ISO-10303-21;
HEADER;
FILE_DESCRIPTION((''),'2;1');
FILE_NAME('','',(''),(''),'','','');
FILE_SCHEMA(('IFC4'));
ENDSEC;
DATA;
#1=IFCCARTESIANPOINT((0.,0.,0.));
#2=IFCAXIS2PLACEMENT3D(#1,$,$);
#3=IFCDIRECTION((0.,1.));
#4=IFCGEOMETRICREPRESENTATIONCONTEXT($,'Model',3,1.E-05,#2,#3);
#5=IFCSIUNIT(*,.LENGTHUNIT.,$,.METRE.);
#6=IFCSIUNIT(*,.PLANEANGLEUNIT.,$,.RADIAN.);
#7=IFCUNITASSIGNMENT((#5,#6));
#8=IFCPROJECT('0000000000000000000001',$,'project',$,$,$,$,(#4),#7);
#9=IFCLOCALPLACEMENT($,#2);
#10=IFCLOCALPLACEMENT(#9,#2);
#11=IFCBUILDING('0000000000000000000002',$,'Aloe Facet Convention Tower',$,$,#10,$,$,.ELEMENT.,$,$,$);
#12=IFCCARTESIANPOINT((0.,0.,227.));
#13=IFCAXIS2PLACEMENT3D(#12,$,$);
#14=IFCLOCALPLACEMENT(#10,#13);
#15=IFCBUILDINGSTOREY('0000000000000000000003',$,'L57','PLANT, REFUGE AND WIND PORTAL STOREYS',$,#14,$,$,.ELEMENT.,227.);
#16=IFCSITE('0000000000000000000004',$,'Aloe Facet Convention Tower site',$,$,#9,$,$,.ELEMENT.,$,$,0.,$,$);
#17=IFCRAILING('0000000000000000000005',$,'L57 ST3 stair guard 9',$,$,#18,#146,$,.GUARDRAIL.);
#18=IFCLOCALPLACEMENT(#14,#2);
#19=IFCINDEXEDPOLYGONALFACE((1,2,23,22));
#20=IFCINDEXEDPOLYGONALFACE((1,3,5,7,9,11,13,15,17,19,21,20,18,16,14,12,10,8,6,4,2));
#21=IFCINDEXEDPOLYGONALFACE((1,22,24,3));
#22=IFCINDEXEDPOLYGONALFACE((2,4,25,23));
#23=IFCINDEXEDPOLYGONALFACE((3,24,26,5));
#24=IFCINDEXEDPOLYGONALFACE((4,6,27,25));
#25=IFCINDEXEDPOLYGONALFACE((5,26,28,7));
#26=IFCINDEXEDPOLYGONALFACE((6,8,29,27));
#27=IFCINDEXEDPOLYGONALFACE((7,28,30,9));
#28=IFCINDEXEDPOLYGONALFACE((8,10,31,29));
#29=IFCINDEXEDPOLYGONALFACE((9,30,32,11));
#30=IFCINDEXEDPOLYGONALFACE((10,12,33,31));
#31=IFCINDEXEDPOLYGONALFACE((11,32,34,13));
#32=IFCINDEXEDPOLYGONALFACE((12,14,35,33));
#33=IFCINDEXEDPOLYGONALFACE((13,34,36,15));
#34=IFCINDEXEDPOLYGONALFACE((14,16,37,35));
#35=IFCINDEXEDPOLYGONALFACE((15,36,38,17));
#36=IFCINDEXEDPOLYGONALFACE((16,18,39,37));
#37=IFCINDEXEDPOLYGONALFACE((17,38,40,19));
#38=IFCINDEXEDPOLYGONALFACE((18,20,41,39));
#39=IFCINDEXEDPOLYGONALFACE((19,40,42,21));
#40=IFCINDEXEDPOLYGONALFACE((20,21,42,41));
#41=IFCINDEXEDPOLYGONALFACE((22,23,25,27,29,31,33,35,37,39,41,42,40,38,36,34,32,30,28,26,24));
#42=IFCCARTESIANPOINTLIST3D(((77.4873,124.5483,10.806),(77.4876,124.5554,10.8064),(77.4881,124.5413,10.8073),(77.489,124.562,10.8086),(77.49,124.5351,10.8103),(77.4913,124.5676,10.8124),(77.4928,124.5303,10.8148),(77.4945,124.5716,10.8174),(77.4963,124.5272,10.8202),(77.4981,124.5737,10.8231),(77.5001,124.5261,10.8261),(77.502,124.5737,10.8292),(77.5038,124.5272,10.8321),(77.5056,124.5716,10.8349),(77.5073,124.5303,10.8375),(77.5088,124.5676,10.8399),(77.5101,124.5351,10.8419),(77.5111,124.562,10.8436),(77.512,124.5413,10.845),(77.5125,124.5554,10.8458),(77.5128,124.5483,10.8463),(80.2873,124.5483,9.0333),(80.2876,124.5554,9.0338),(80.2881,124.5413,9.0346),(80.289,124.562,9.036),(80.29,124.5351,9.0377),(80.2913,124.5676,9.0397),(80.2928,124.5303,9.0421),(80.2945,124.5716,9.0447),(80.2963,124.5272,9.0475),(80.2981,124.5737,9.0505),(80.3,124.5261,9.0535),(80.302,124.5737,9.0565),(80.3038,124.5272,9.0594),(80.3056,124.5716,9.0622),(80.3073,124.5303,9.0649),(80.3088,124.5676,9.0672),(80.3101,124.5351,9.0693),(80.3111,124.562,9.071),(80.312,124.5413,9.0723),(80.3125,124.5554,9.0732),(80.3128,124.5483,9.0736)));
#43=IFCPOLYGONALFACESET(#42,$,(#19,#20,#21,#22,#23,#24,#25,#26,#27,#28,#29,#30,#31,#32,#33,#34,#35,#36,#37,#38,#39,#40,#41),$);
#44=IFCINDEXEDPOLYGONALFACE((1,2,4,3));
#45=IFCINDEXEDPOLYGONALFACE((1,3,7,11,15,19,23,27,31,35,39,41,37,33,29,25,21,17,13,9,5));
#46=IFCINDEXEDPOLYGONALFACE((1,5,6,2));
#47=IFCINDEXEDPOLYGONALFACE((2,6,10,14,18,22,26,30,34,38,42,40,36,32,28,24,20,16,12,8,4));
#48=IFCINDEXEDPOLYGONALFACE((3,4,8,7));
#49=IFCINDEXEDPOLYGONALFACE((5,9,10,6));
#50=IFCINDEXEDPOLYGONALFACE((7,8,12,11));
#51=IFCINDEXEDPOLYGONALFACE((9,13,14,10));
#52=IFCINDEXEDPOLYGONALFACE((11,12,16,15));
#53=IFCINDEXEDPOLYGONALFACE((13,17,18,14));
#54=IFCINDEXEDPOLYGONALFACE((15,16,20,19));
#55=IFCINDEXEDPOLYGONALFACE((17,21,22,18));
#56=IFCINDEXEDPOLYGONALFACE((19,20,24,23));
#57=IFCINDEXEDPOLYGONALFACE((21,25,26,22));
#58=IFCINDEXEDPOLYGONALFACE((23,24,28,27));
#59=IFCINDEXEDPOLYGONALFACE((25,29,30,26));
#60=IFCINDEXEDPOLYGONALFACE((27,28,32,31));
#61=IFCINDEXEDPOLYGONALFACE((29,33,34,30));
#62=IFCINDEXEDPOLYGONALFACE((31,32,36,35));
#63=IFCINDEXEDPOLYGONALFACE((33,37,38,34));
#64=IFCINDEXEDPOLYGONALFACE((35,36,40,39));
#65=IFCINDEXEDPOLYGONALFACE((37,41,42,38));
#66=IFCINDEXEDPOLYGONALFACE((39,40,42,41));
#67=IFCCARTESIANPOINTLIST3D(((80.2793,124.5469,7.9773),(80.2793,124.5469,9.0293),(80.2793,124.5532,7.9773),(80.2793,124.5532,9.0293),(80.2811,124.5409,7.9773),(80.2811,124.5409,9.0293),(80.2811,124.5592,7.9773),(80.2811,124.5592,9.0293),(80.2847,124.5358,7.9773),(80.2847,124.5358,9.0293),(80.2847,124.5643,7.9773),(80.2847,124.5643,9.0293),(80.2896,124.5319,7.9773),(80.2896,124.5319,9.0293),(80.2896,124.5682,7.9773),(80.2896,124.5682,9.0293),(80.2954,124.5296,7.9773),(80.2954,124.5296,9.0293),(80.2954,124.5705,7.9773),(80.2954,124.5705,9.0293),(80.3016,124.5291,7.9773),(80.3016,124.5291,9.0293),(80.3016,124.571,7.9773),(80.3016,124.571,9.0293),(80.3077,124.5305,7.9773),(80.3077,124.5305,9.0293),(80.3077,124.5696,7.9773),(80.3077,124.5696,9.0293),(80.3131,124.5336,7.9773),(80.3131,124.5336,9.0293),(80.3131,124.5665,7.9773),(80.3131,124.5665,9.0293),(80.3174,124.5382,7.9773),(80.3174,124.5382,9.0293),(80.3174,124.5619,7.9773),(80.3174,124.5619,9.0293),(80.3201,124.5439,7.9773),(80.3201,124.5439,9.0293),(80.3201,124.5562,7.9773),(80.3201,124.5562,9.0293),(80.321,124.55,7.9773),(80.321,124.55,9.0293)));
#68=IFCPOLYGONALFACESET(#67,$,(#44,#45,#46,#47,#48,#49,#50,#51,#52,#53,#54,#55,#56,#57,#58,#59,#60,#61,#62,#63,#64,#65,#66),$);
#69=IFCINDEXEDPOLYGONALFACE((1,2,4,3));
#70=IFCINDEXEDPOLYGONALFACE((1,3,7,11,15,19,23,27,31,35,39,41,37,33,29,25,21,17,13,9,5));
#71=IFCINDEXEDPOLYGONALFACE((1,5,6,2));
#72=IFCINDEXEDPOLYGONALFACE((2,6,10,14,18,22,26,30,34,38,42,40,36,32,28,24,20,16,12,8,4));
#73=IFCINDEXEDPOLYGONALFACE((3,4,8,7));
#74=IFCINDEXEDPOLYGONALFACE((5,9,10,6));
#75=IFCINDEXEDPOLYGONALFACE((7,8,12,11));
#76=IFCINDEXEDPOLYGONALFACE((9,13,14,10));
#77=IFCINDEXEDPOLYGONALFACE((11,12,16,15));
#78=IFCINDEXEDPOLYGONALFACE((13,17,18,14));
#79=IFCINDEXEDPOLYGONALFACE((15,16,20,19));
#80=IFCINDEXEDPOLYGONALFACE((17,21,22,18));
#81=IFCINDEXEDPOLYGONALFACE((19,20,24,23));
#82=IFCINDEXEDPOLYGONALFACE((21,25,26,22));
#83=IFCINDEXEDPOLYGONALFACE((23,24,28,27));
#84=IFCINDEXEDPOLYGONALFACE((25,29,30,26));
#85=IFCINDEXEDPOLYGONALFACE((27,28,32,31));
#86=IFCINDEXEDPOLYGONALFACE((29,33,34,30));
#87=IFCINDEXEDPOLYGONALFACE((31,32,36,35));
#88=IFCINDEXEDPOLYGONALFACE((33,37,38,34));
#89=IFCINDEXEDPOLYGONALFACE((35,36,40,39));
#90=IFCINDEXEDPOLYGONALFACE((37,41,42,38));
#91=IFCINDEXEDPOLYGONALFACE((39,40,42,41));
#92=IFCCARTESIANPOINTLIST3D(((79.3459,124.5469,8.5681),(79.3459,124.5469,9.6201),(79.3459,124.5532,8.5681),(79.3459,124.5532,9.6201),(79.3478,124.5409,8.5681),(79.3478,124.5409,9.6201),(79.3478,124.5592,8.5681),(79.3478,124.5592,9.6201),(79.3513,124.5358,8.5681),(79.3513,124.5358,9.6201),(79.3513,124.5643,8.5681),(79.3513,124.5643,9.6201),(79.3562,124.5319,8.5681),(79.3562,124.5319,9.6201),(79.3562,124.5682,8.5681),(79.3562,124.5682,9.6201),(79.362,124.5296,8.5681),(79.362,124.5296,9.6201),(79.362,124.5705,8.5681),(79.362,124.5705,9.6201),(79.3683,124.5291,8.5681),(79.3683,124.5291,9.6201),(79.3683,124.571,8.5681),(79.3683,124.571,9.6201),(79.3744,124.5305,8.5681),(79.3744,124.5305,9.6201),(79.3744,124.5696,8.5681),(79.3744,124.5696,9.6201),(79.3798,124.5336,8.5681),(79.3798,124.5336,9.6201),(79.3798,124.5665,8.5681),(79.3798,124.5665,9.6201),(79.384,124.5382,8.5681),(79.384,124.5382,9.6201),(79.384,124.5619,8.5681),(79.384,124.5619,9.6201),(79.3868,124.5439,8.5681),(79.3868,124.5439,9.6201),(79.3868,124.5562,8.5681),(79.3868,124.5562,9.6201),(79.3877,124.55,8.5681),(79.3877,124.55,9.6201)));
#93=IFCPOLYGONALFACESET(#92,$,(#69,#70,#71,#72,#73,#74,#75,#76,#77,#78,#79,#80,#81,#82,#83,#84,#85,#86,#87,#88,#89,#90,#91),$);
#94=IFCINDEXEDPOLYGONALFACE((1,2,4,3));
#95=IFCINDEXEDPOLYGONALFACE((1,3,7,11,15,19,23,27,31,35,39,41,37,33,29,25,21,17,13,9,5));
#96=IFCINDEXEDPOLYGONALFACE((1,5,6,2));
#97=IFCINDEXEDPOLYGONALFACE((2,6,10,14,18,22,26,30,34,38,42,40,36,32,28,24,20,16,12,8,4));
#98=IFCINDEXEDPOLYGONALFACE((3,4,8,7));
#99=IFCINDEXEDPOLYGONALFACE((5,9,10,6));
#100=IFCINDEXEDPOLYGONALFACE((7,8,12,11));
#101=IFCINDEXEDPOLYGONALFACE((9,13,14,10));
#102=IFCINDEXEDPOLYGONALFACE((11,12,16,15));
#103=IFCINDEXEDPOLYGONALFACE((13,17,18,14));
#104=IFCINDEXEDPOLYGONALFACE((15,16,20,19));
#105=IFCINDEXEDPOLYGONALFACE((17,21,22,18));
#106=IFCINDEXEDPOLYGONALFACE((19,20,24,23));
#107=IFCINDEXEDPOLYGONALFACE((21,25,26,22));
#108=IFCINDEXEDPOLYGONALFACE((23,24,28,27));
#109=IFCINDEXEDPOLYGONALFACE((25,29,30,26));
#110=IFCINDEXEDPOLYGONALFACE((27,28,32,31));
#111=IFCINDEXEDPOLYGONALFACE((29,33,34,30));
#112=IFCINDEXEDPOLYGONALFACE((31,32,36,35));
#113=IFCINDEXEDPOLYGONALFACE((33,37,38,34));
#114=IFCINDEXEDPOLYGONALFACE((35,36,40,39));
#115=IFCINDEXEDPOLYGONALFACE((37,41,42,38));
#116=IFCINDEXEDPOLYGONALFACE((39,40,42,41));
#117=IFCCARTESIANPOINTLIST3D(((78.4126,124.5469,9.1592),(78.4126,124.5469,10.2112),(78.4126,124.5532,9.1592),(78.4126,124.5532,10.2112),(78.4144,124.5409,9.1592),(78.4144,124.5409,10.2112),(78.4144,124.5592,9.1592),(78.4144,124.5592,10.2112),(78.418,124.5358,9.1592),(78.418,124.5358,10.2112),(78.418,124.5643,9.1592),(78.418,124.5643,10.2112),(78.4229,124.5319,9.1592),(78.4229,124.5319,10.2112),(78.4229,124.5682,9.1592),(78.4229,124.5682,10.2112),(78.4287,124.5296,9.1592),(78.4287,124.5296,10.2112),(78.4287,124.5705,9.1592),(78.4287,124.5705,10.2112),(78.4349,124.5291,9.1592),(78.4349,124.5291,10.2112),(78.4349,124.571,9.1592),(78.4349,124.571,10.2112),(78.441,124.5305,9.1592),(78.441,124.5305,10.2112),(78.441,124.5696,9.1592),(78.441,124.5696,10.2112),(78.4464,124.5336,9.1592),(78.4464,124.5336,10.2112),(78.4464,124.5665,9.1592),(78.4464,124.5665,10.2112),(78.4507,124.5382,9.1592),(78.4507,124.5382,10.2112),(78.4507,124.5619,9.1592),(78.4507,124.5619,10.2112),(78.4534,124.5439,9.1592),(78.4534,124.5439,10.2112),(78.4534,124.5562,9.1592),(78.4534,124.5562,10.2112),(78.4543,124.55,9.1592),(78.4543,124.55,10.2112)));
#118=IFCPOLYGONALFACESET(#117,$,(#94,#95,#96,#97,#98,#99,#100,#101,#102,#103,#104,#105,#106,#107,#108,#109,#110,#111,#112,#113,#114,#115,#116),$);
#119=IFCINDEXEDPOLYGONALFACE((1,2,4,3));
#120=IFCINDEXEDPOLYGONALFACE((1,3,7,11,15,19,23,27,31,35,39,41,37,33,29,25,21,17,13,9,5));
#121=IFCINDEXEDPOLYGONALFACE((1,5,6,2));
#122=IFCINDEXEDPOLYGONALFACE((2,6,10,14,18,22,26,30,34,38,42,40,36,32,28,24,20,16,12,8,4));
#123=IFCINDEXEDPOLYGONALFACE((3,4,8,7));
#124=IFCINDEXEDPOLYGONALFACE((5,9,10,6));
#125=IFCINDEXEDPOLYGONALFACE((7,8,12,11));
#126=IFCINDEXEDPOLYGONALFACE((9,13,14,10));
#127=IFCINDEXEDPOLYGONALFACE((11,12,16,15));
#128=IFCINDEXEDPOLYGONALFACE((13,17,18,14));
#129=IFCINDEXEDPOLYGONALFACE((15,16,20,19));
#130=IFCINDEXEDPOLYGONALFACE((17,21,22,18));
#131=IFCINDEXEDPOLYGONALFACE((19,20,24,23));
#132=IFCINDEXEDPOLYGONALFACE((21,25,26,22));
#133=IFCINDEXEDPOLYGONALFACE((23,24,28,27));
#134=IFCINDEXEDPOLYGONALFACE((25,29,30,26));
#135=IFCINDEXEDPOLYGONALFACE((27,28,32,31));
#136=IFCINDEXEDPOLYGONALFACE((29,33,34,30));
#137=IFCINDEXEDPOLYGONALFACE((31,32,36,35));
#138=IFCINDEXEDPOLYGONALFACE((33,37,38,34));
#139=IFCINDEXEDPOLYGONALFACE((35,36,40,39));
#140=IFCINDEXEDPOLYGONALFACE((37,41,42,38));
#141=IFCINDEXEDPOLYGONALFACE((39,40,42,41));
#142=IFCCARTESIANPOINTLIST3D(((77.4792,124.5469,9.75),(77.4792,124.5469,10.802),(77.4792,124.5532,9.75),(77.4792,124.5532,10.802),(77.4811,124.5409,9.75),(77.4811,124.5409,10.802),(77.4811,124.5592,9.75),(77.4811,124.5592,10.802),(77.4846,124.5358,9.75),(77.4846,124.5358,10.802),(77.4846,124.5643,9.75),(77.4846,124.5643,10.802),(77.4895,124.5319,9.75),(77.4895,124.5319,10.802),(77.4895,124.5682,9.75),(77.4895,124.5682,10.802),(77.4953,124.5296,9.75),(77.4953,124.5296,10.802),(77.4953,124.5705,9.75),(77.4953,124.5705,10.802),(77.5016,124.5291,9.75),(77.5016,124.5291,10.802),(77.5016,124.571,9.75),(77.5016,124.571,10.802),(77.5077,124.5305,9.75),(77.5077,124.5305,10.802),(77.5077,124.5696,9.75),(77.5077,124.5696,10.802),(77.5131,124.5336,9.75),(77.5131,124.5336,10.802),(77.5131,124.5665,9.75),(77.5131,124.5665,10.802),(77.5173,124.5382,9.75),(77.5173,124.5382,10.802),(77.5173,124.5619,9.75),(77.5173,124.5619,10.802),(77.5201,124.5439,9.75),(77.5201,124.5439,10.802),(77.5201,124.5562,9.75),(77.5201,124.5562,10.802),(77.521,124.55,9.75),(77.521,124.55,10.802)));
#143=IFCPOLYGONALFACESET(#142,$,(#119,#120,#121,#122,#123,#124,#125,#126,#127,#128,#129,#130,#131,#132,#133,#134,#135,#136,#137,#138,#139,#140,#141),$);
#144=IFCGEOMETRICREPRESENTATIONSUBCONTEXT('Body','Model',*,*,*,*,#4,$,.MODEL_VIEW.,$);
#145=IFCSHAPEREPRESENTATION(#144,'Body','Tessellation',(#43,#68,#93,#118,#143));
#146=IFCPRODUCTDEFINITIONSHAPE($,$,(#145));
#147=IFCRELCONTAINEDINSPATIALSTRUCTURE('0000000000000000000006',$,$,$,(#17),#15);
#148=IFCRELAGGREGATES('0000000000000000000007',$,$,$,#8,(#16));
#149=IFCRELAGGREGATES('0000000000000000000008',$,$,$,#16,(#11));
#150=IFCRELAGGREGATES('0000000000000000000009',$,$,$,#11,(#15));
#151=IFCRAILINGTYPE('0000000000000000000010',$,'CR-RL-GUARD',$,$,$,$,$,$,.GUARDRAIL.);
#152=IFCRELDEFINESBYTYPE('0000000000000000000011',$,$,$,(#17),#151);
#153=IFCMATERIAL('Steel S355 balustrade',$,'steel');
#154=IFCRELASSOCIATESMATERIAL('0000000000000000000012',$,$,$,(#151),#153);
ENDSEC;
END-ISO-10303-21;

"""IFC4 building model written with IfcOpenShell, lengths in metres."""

from ifc_helpers import new_model, si_unit, direction, frame, origin, origin_2d, place, context, subcontext, project, spatial, circle, extrude, material, type_object, element, save


model = new_model("IFC4")

# Units and contexts
model_context = context("Model", 3, precision=1e-05, world=origin(), true_north=direction((0.0, 1.0)))
body_context = subcontext(model_context, "Body", "Model", "MODEL_VIEW")
ifc_project = project(units=[si_unit("LENGTHUNIT", "METRE"), si_unit("PLANEANGLEUNIT", "RADIAN")], contexts=[model_context])

# Site, building, storey
site_placement = place(None, origin())
site = spatial("IfcSite", under=ifc_project, at=site_placement, Name="Aloe Facet Convention Tower site", CompositionType="ELEMENT", RefElevation=0.0)
building_placement = place(site_placement, origin())
building = spatial("IfcBuilding", under=site, at=building_placement, Name="Aloe Facet Convention Tower", CompositionType="ELEMENT")
storey_placement = place(building_placement, frame((0.0, 0.0, 227.0)))
storey = spatial("IfcBuildingStorey", under=building, at=storey_placement, Name="L57", Description="PLANT, REFUGE AND WIND PORTAL STOREYS", CompositionType="ELEMENT", Elevation=227.0)

# Railing
ifc_material_1 = material(Name="Steel S355 balustrade", Category="steel")
railing_type_1 = type_object("IfcRailingType", Name="CR-RL-GUARD", PredefinedType="GUARDRAIL", material=ifc_material_1)
railing_1_placement = place(storey_placement, frame((80.3, 124.55, 7.9773)))
element("IfcRailing", 1, at=railing_1_placement, inside=storey, type_object=railing_type_1, Name="L57 ST3 stair guard 9", PredefinedType="GUARDRAIL", context=body_context, shape_type="SweptSolid", body=[
    extrude(circle(Radius=0.0239, at=origin_2d()), frame((0.0, 0.0, 1.0762), z_axis=(-0.844909, 0.0, 0.53491), x_axis=(0.0, -1.0, 0.0)), (0.0, 0.0, 1.0), 3.314),
    extrude(circle(Radius=0.021, at=origin_2d()), origin(), (0.0, 0.0, 1.0), 1.052),
    extrude(circle(Radius=0.021, at=origin_2d()), frame((-0.9333, 0.0, 0.5908)), (0.0, 0.0, 1.0), 1.052),
    extrude(circle(Radius=0.021, at=origin_2d()), frame((-1.8667, 0.0, 1.1819)), (0.0, 0.0, 1.0), 1.052),
    extrude(circle(Radius=0.021, at=origin_2d()), frame((-2.8, 0.0, 1.7727)), (0.0, 0.0, 1.0), 1.052),
])

save(model, "model.ifc")
